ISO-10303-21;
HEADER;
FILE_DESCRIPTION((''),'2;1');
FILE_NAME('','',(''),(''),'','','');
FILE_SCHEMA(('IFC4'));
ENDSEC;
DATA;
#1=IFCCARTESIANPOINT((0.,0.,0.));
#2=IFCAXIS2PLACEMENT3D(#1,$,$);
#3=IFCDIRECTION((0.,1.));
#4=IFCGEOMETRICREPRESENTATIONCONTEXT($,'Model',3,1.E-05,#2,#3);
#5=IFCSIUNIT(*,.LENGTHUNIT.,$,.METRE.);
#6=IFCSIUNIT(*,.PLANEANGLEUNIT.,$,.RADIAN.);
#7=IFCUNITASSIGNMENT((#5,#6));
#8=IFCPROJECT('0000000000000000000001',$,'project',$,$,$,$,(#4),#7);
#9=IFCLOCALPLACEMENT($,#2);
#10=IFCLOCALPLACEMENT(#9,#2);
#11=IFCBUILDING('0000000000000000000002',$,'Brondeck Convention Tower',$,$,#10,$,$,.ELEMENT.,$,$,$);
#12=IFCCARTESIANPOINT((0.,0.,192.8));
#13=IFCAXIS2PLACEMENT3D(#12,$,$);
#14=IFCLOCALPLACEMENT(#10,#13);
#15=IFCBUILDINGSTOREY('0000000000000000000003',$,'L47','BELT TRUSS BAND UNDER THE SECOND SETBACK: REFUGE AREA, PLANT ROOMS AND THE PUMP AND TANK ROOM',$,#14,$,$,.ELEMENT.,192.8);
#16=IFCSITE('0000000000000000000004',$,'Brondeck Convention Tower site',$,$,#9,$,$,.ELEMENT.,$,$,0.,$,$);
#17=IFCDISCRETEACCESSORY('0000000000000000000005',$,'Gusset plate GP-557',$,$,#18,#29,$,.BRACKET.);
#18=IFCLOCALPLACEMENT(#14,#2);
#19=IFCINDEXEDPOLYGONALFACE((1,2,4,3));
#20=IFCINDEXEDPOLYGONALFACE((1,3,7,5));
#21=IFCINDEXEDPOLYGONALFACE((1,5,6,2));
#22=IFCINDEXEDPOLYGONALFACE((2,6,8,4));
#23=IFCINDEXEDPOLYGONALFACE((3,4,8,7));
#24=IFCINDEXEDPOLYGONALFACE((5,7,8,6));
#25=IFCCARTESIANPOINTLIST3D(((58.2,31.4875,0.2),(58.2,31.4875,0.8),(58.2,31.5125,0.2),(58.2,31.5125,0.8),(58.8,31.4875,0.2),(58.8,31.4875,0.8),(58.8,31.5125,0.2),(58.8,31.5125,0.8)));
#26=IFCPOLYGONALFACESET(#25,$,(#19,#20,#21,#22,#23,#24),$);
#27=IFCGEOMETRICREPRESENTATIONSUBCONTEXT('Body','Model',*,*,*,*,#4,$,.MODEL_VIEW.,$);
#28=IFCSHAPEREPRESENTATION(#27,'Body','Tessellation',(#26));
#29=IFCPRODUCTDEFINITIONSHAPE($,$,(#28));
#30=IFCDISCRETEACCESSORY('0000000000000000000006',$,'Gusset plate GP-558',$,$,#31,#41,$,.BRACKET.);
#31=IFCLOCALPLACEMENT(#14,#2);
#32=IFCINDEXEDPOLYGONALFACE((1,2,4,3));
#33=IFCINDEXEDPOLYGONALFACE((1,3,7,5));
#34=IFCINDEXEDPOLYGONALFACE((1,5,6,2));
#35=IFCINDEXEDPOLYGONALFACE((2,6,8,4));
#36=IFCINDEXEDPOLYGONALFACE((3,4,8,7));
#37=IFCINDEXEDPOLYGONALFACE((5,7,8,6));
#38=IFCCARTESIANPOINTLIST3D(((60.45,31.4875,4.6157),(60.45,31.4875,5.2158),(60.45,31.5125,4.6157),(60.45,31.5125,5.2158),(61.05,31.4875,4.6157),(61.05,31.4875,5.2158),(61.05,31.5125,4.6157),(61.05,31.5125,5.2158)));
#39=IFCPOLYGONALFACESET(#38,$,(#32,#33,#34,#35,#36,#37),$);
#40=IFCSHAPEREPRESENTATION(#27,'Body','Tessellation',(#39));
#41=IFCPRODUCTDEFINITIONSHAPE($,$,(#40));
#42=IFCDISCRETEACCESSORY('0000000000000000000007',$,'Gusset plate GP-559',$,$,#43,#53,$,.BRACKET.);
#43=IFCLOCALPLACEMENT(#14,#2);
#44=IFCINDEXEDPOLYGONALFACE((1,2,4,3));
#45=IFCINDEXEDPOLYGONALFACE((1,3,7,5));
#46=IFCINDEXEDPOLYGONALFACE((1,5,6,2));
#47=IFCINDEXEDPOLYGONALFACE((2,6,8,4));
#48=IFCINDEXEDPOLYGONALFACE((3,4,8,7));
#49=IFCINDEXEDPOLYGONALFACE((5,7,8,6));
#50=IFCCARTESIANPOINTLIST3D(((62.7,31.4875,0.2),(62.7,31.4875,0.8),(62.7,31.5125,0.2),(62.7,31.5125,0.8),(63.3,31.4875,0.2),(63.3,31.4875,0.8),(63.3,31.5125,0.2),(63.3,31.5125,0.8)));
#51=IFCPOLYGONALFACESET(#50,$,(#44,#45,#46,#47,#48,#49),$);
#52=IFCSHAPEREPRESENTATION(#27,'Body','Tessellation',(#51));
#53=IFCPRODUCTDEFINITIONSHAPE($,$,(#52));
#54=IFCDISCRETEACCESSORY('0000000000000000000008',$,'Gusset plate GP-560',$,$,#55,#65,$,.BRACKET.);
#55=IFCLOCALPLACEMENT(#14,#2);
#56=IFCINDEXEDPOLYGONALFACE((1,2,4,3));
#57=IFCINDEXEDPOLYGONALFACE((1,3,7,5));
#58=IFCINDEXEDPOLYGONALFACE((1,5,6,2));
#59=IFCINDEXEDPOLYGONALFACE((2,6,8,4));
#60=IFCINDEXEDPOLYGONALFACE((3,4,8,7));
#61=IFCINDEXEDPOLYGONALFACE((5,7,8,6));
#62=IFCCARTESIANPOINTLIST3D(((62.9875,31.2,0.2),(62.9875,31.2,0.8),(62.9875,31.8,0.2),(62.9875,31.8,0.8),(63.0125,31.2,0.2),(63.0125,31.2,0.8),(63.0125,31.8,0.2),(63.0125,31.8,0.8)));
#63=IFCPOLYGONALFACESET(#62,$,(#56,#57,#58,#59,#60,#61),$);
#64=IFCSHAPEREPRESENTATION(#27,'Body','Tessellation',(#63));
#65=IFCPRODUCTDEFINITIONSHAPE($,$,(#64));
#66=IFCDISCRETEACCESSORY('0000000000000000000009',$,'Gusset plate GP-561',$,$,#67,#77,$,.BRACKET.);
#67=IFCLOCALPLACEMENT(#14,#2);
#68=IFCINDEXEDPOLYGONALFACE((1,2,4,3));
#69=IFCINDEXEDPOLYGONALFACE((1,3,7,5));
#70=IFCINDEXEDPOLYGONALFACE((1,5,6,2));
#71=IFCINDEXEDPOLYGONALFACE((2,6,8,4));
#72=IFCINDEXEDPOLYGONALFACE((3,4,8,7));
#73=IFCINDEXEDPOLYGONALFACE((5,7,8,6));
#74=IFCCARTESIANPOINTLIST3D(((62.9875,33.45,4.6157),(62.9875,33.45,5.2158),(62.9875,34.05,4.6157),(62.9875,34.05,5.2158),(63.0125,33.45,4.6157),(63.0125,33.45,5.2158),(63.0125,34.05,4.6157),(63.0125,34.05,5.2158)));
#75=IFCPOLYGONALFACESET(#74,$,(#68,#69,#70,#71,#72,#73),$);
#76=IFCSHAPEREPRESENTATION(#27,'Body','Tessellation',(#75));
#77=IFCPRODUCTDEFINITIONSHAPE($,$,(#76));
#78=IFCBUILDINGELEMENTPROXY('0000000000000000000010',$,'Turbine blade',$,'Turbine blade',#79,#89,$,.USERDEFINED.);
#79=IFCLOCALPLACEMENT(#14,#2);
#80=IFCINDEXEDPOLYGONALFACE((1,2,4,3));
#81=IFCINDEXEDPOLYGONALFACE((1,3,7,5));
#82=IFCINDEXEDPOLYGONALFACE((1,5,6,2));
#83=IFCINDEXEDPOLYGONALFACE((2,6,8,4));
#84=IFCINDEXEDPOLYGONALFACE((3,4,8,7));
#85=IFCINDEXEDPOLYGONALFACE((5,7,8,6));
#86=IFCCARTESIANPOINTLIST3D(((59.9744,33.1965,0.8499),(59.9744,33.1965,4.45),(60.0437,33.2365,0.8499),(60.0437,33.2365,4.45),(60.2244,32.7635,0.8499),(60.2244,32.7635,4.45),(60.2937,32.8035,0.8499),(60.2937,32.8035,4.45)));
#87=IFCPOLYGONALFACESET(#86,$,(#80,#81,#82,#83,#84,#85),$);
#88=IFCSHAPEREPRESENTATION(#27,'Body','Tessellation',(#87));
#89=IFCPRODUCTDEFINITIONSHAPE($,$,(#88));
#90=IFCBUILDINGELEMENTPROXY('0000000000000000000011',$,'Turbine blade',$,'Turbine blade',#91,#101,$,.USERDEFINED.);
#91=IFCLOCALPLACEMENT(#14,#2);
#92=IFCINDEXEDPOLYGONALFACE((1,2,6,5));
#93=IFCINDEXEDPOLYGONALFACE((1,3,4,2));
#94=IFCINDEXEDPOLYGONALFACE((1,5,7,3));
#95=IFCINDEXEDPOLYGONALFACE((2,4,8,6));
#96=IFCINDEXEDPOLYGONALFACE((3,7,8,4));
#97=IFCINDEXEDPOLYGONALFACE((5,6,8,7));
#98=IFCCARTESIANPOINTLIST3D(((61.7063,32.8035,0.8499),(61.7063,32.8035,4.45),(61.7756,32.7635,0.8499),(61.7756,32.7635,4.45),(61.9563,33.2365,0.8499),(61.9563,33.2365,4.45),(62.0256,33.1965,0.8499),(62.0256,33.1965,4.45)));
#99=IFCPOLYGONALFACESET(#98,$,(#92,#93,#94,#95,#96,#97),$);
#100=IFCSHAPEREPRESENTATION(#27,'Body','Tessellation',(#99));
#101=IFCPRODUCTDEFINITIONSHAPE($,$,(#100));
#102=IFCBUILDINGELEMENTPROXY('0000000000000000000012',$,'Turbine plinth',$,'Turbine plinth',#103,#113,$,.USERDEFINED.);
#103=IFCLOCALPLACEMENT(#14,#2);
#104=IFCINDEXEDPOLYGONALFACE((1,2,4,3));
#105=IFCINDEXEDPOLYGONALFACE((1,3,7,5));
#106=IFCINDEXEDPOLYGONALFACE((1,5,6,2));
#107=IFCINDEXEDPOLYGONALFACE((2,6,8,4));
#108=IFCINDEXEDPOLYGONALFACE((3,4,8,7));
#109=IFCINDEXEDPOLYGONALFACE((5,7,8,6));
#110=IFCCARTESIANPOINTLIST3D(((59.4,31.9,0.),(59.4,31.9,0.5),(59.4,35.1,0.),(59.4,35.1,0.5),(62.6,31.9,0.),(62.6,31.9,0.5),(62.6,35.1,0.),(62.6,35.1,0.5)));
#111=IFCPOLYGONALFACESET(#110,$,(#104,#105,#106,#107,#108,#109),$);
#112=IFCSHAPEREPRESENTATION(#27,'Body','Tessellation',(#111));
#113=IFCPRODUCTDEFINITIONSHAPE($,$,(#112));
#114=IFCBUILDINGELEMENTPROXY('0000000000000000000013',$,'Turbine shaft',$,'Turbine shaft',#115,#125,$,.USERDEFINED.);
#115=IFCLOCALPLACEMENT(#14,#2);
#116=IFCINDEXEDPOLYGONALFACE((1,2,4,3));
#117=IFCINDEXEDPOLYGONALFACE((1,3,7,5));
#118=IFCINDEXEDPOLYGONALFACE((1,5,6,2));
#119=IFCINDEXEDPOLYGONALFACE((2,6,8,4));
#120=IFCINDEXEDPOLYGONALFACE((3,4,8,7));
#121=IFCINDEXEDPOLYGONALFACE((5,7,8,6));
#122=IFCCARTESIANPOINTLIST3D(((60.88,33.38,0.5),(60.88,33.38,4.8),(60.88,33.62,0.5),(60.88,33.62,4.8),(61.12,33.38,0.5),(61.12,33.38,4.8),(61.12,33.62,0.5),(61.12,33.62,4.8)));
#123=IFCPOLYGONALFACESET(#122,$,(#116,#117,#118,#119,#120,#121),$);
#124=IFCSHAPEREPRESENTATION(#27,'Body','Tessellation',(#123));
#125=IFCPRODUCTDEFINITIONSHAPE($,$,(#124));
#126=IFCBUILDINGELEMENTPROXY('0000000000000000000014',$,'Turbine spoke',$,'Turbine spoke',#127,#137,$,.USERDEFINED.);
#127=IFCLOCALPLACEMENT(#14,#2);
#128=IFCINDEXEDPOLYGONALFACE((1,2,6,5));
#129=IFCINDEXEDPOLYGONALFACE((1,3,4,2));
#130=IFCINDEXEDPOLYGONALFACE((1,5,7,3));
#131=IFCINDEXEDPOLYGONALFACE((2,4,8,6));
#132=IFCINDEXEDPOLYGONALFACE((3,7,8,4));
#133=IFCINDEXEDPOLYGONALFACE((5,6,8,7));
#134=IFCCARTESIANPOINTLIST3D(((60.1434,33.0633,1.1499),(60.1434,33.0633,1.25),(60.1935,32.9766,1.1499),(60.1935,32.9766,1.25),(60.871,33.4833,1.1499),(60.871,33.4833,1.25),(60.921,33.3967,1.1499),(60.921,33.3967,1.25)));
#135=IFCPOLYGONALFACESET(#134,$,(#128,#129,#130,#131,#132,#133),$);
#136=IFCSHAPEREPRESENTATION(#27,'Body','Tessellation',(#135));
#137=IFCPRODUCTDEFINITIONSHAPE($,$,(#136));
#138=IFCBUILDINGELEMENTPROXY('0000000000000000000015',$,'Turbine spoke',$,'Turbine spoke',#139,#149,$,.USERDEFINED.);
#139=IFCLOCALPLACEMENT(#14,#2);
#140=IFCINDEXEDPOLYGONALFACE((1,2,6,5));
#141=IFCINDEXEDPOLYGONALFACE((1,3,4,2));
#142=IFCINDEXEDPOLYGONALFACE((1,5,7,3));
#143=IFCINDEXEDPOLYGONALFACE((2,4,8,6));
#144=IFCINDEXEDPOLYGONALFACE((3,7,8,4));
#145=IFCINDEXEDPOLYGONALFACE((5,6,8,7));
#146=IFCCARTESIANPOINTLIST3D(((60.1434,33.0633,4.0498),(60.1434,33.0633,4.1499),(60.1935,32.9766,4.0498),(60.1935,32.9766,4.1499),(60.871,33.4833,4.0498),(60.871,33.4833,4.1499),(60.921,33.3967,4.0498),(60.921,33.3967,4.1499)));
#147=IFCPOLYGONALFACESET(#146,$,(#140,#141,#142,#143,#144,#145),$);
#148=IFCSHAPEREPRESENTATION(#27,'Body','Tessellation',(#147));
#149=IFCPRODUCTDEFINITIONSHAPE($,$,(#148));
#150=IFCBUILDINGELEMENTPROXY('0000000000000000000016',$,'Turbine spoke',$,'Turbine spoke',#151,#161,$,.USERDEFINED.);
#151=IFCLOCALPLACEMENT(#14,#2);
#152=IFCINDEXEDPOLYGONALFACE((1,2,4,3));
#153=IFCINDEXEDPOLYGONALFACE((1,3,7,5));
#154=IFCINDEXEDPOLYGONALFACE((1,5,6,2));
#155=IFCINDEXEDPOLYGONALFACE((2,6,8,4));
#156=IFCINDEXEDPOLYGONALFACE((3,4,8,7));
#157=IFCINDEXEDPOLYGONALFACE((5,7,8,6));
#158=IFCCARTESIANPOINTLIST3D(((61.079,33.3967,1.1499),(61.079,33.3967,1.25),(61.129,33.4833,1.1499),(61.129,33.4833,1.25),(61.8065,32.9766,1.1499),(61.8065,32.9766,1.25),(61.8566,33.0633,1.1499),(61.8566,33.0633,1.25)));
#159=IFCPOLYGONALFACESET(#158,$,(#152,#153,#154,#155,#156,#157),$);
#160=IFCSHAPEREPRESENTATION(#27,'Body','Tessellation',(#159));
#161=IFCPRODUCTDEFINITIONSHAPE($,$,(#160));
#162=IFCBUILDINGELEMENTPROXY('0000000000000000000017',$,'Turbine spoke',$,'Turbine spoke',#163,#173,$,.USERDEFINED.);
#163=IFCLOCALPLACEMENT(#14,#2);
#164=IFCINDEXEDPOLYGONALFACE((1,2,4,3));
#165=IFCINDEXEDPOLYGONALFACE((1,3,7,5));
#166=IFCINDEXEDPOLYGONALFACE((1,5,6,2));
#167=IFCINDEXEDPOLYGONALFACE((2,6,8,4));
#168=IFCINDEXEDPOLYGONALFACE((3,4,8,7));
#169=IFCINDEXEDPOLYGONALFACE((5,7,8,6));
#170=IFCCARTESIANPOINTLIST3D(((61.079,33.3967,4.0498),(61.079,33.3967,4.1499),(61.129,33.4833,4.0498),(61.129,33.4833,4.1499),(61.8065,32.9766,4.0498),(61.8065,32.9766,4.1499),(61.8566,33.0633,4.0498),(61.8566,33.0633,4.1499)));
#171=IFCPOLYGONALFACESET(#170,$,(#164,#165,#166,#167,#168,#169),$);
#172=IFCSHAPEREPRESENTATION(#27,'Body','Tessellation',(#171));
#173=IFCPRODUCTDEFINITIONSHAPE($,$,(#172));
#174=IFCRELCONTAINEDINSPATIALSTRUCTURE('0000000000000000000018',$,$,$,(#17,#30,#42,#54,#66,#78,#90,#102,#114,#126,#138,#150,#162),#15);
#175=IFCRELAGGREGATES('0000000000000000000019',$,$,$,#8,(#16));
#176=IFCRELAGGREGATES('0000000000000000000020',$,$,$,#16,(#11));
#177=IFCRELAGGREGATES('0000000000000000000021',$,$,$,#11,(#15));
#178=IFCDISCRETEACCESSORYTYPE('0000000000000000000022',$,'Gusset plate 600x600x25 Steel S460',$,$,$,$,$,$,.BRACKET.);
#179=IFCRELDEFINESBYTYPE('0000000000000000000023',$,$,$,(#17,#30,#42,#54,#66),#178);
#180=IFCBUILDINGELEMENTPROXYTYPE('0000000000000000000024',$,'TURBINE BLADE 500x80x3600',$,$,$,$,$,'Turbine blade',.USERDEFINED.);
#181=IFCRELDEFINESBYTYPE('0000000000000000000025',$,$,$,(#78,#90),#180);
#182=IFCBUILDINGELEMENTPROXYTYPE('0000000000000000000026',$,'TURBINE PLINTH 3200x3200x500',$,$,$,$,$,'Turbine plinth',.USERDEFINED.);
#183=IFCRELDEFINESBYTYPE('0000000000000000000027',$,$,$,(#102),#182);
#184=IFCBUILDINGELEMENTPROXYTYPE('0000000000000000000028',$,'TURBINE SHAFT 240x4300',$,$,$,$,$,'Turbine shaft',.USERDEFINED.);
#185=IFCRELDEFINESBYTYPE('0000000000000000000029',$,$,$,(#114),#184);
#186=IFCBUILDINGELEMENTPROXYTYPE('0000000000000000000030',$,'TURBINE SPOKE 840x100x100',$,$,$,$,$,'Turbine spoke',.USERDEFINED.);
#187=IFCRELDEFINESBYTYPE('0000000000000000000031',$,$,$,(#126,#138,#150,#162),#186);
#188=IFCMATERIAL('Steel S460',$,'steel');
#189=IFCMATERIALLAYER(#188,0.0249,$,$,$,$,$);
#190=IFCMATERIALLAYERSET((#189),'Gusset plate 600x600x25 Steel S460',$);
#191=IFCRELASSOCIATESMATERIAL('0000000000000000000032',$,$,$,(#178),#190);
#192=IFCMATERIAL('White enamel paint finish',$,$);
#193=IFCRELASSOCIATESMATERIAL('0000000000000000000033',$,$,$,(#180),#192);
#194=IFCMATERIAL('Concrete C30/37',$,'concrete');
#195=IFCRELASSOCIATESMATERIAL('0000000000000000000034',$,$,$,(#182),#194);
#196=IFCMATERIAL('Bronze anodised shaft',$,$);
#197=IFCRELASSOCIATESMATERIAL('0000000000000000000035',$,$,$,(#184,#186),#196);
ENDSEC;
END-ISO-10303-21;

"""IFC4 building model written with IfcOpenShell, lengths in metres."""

from ifc_helpers import new_model, si_unit, direction, frame, origin, origin_2d, place, context, subcontext, project, spatial, rectangle, extrude, material, layer, layer_set, type_object, element, save


model = new_model("IFC4")

# Units and contexts
model_context = context("Model", 3, precision=1e-05, world=origin(), true_north=direction((0.0, 1.0)))
body_context = subcontext(model_context, "Body", "Model", "MODEL_VIEW")
ifc_project = project(units=[si_unit("LENGTHUNIT", "METRE"), si_unit("PLANEANGLEUNIT", "RADIAN")], contexts=[model_context])

# Site, building, storey
site_placement = place(None, origin())
site = spatial("IfcSite", under=ifc_project, at=site_placement, Name="Brondeck Convention Tower site", CompositionType="ELEMENT", RefElevation=0.0)
building_placement = place(site_placement, origin())
building = spatial("IfcBuilding", under=site, at=building_placement, Name="Brondeck Convention Tower", CompositionType="ELEMENT")
storey_placement = place(building_placement, frame((0.0, 0.0, 192.8)))
storey = spatial("IfcBuildingStorey", under=building, at=storey_placement, Name="L47", Description="BELT TRUSS BAND UNDER THE SECOND SETBACK: REFUGE AREA, PLANT ROOMS AND THE PUMP AND TANK ROOM", CompositionType="ELEMENT", Elevation=192.8)

# Shared definitions
ifc_material_1 = material(Name="Steel S460", Category="steel")

# Discrete accessories
ifc_layer = layer(ifc_material_1, 0.0249)
ifc_layer_set = layer_set([ifc_layer], Name="Gusset plate 600x600x25 Steel S460")
discrete_accessory_type = type_object("IfcDiscreteAccessoryType", Name="Gusset plate 600x600x25 Steel S460", PredefinedType="BRACKET", material=ifc_layer_set)
for number, where, z_axis, x_axis, name in (
    (1, (58.5, 31.5, 0.2), (0.0, 0.0, 1.0), (1.0, 0.0, 0.0), "Gusset plate GP-557"),
    (2, (60.75, 31.5, 4.6157), (0.0, 0.0, 1.0), (1.0, 0.0, 0.0), "Gusset plate GP-558"),
    (3, (63.0, 31.5, 0.2), (0.0, 0.0, 1.0), (1.0, 0.0, 0.0), "Gusset plate GP-559"),
    (4, (63.0, 31.5, 0.2), (0.0, 0.0, 1.0), (0.0, 1.0, 0.0), "Gusset plate GP-560"),
    (5, (63.0, 33.75, 4.6157), (0.0, 0.0, 1.0), (0.0, 1.0, 0.0), "Gusset plate GP-561"),
):
    element("IfcDiscreteAccessory", number, at=place(storey_placement, frame(where, z_axis=z_axis, x_axis=x_axis)), inside=storey, type_object=discrete_accessory_type, Name=name, PredefinedType="BRACKET", context=body_context, shape_type="SweptSolid", body=[
        extrude(rectangle(XDim=0.6001, YDim=0.0249, at=origin_2d()), origin(), (0.0, 0.0, 1.0), 0.6001),
    ])

# Building element proxies
ifc_material_2 = material(Name="White enamel paint finish")
building_element_proxy_type_1 = type_object("IfcBuildingElementProxyType", Name="TURBINE BLADE 500x80x3600", ElementType="Turbine blade", PredefinedType="USERDEFINED", material=ifc_material_2)
for number, where, z_axis, x_axis, name in (
    (6, (60.134, 33.0, 0.8499), (0.0, 0.0, 1.0), (0.5, -0.866025, 0.0), "Turbine blade"),
    (7, (61.866, 33.0, 0.8499), (0.0, 0.0, 1.0), (0.5, 0.866025, 0.0), "Turbine blade"),
):
    element("IfcBuildingElementProxy", number, at=place(storey_placement, frame(where, z_axis=z_axis, x_axis=x_axis)), inside=storey, type_object=building_element_proxy_type_1, Name=name, ObjectType="Turbine blade", PredefinedType="USERDEFINED", context=body_context, shape_type="SweptSolid", body=[
        extrude(rectangle(XDim=0.5, YDim=0.0801, at=origin_2d()), origin(), (0.0, 0.0, 1.0), 3.6001),
    ])
ifc_material_3 = material(Name="Concrete C30/37", Category="concrete")
building_element_proxy_type_2 = type_object("IfcBuildingElementProxyType", Name="TURBINE PLINTH 3200x3200x500", ElementType="Turbine plinth", PredefinedType="USERDEFINED", material=ifc_material_3)
proxy_1_placement = place(storey_placement, frame((61.0, 33.5, 0.0), z_axis=(0.0, 0.0, 1.0), x_axis=(1.0, 0.0, 0.0)))
element("IfcBuildingElementProxy", 8, at=proxy_1_placement, inside=storey, type_object=building_element_proxy_type_2, Name="Turbine plinth", ObjectType="Turbine plinth", PredefinedType="USERDEFINED", context=body_context, shape_type="SweptSolid", body=[
    extrude(rectangle(XDim=3.2, YDim=3.2, at=origin_2d()), origin(), (0.0, 0.0, 1.0), 0.5),
])
ifc_material_4 = material(Name="Bronze anodised shaft")
building_element_proxy_type_3 = type_object("IfcBuildingElementProxyType", Name="TURBINE SHAFT 240x4300", ElementType="Turbine shaft", PredefinedType="USERDEFINED", material=ifc_material_4)
proxy_2_placement = place(storey_placement, frame((61.0, 33.5, 0.5), z_axis=(0.0, 0.0, 1.0), x_axis=(1.0, 0.0, 0.0)))
element("IfcBuildingElementProxy", 9, at=proxy_2_placement, inside=storey, type_object=building_element_proxy_type_3, Name="Turbine shaft", ObjectType="Turbine shaft", PredefinedType="USERDEFINED", context=body_context, shape_type="SweptSolid", body=[
    extrude(rectangle(XDim=0.24, YDim=0.24, at=origin_2d()), origin(), (0.0, 0.0, 1.0), 4.3),
])
building_element_proxy_type_4 = type_object("IfcBuildingElementProxyType", Name="TURBINE SPOKE 840x100x100", ElementType="Turbine spoke", PredefinedType="USERDEFINED", material=ifc_material_4)
for number, where, z_axis, x_axis, name in (
    (10, (60.5322, 33.23, 1.1499), (0.0, 0.0, 1.0), (-0.866025, -0.5, 0.0), "Turbine spoke"),
    (11, (60.5322, 33.23, 4.0498), (0.0, 0.0, 1.0), (-0.866025, -0.5, 0.0), "Turbine spoke"),
    (12, (61.4678, 33.23, 1.1499), (0.0, 0.0, 1.0), (0.866025, -0.5, 0.0), "Turbine spoke"),
    (13, (61.4678, 33.23, 4.0498), (0.0, 0.0, 1.0), (0.866025, -0.5, 0.0), "Turbine spoke"),
):
    element("IfcBuildingElementProxy", number, at=place(storey_placement, frame(where, z_axis=z_axis, x_axis=x_axis)), inside=storey, type_object=building_element_proxy_type_4, Name=name, ObjectType="Turbine spoke", PredefinedType="USERDEFINED", context=body_context, shape_type="SweptSolid", body=[
        extrude(rectangle(XDim=0.8401, YDim=0.1001, at=origin_2d()), origin(), (0.0, 0.0, 1.0), 0.1001),
    ])

save(model, "model.ifc")
